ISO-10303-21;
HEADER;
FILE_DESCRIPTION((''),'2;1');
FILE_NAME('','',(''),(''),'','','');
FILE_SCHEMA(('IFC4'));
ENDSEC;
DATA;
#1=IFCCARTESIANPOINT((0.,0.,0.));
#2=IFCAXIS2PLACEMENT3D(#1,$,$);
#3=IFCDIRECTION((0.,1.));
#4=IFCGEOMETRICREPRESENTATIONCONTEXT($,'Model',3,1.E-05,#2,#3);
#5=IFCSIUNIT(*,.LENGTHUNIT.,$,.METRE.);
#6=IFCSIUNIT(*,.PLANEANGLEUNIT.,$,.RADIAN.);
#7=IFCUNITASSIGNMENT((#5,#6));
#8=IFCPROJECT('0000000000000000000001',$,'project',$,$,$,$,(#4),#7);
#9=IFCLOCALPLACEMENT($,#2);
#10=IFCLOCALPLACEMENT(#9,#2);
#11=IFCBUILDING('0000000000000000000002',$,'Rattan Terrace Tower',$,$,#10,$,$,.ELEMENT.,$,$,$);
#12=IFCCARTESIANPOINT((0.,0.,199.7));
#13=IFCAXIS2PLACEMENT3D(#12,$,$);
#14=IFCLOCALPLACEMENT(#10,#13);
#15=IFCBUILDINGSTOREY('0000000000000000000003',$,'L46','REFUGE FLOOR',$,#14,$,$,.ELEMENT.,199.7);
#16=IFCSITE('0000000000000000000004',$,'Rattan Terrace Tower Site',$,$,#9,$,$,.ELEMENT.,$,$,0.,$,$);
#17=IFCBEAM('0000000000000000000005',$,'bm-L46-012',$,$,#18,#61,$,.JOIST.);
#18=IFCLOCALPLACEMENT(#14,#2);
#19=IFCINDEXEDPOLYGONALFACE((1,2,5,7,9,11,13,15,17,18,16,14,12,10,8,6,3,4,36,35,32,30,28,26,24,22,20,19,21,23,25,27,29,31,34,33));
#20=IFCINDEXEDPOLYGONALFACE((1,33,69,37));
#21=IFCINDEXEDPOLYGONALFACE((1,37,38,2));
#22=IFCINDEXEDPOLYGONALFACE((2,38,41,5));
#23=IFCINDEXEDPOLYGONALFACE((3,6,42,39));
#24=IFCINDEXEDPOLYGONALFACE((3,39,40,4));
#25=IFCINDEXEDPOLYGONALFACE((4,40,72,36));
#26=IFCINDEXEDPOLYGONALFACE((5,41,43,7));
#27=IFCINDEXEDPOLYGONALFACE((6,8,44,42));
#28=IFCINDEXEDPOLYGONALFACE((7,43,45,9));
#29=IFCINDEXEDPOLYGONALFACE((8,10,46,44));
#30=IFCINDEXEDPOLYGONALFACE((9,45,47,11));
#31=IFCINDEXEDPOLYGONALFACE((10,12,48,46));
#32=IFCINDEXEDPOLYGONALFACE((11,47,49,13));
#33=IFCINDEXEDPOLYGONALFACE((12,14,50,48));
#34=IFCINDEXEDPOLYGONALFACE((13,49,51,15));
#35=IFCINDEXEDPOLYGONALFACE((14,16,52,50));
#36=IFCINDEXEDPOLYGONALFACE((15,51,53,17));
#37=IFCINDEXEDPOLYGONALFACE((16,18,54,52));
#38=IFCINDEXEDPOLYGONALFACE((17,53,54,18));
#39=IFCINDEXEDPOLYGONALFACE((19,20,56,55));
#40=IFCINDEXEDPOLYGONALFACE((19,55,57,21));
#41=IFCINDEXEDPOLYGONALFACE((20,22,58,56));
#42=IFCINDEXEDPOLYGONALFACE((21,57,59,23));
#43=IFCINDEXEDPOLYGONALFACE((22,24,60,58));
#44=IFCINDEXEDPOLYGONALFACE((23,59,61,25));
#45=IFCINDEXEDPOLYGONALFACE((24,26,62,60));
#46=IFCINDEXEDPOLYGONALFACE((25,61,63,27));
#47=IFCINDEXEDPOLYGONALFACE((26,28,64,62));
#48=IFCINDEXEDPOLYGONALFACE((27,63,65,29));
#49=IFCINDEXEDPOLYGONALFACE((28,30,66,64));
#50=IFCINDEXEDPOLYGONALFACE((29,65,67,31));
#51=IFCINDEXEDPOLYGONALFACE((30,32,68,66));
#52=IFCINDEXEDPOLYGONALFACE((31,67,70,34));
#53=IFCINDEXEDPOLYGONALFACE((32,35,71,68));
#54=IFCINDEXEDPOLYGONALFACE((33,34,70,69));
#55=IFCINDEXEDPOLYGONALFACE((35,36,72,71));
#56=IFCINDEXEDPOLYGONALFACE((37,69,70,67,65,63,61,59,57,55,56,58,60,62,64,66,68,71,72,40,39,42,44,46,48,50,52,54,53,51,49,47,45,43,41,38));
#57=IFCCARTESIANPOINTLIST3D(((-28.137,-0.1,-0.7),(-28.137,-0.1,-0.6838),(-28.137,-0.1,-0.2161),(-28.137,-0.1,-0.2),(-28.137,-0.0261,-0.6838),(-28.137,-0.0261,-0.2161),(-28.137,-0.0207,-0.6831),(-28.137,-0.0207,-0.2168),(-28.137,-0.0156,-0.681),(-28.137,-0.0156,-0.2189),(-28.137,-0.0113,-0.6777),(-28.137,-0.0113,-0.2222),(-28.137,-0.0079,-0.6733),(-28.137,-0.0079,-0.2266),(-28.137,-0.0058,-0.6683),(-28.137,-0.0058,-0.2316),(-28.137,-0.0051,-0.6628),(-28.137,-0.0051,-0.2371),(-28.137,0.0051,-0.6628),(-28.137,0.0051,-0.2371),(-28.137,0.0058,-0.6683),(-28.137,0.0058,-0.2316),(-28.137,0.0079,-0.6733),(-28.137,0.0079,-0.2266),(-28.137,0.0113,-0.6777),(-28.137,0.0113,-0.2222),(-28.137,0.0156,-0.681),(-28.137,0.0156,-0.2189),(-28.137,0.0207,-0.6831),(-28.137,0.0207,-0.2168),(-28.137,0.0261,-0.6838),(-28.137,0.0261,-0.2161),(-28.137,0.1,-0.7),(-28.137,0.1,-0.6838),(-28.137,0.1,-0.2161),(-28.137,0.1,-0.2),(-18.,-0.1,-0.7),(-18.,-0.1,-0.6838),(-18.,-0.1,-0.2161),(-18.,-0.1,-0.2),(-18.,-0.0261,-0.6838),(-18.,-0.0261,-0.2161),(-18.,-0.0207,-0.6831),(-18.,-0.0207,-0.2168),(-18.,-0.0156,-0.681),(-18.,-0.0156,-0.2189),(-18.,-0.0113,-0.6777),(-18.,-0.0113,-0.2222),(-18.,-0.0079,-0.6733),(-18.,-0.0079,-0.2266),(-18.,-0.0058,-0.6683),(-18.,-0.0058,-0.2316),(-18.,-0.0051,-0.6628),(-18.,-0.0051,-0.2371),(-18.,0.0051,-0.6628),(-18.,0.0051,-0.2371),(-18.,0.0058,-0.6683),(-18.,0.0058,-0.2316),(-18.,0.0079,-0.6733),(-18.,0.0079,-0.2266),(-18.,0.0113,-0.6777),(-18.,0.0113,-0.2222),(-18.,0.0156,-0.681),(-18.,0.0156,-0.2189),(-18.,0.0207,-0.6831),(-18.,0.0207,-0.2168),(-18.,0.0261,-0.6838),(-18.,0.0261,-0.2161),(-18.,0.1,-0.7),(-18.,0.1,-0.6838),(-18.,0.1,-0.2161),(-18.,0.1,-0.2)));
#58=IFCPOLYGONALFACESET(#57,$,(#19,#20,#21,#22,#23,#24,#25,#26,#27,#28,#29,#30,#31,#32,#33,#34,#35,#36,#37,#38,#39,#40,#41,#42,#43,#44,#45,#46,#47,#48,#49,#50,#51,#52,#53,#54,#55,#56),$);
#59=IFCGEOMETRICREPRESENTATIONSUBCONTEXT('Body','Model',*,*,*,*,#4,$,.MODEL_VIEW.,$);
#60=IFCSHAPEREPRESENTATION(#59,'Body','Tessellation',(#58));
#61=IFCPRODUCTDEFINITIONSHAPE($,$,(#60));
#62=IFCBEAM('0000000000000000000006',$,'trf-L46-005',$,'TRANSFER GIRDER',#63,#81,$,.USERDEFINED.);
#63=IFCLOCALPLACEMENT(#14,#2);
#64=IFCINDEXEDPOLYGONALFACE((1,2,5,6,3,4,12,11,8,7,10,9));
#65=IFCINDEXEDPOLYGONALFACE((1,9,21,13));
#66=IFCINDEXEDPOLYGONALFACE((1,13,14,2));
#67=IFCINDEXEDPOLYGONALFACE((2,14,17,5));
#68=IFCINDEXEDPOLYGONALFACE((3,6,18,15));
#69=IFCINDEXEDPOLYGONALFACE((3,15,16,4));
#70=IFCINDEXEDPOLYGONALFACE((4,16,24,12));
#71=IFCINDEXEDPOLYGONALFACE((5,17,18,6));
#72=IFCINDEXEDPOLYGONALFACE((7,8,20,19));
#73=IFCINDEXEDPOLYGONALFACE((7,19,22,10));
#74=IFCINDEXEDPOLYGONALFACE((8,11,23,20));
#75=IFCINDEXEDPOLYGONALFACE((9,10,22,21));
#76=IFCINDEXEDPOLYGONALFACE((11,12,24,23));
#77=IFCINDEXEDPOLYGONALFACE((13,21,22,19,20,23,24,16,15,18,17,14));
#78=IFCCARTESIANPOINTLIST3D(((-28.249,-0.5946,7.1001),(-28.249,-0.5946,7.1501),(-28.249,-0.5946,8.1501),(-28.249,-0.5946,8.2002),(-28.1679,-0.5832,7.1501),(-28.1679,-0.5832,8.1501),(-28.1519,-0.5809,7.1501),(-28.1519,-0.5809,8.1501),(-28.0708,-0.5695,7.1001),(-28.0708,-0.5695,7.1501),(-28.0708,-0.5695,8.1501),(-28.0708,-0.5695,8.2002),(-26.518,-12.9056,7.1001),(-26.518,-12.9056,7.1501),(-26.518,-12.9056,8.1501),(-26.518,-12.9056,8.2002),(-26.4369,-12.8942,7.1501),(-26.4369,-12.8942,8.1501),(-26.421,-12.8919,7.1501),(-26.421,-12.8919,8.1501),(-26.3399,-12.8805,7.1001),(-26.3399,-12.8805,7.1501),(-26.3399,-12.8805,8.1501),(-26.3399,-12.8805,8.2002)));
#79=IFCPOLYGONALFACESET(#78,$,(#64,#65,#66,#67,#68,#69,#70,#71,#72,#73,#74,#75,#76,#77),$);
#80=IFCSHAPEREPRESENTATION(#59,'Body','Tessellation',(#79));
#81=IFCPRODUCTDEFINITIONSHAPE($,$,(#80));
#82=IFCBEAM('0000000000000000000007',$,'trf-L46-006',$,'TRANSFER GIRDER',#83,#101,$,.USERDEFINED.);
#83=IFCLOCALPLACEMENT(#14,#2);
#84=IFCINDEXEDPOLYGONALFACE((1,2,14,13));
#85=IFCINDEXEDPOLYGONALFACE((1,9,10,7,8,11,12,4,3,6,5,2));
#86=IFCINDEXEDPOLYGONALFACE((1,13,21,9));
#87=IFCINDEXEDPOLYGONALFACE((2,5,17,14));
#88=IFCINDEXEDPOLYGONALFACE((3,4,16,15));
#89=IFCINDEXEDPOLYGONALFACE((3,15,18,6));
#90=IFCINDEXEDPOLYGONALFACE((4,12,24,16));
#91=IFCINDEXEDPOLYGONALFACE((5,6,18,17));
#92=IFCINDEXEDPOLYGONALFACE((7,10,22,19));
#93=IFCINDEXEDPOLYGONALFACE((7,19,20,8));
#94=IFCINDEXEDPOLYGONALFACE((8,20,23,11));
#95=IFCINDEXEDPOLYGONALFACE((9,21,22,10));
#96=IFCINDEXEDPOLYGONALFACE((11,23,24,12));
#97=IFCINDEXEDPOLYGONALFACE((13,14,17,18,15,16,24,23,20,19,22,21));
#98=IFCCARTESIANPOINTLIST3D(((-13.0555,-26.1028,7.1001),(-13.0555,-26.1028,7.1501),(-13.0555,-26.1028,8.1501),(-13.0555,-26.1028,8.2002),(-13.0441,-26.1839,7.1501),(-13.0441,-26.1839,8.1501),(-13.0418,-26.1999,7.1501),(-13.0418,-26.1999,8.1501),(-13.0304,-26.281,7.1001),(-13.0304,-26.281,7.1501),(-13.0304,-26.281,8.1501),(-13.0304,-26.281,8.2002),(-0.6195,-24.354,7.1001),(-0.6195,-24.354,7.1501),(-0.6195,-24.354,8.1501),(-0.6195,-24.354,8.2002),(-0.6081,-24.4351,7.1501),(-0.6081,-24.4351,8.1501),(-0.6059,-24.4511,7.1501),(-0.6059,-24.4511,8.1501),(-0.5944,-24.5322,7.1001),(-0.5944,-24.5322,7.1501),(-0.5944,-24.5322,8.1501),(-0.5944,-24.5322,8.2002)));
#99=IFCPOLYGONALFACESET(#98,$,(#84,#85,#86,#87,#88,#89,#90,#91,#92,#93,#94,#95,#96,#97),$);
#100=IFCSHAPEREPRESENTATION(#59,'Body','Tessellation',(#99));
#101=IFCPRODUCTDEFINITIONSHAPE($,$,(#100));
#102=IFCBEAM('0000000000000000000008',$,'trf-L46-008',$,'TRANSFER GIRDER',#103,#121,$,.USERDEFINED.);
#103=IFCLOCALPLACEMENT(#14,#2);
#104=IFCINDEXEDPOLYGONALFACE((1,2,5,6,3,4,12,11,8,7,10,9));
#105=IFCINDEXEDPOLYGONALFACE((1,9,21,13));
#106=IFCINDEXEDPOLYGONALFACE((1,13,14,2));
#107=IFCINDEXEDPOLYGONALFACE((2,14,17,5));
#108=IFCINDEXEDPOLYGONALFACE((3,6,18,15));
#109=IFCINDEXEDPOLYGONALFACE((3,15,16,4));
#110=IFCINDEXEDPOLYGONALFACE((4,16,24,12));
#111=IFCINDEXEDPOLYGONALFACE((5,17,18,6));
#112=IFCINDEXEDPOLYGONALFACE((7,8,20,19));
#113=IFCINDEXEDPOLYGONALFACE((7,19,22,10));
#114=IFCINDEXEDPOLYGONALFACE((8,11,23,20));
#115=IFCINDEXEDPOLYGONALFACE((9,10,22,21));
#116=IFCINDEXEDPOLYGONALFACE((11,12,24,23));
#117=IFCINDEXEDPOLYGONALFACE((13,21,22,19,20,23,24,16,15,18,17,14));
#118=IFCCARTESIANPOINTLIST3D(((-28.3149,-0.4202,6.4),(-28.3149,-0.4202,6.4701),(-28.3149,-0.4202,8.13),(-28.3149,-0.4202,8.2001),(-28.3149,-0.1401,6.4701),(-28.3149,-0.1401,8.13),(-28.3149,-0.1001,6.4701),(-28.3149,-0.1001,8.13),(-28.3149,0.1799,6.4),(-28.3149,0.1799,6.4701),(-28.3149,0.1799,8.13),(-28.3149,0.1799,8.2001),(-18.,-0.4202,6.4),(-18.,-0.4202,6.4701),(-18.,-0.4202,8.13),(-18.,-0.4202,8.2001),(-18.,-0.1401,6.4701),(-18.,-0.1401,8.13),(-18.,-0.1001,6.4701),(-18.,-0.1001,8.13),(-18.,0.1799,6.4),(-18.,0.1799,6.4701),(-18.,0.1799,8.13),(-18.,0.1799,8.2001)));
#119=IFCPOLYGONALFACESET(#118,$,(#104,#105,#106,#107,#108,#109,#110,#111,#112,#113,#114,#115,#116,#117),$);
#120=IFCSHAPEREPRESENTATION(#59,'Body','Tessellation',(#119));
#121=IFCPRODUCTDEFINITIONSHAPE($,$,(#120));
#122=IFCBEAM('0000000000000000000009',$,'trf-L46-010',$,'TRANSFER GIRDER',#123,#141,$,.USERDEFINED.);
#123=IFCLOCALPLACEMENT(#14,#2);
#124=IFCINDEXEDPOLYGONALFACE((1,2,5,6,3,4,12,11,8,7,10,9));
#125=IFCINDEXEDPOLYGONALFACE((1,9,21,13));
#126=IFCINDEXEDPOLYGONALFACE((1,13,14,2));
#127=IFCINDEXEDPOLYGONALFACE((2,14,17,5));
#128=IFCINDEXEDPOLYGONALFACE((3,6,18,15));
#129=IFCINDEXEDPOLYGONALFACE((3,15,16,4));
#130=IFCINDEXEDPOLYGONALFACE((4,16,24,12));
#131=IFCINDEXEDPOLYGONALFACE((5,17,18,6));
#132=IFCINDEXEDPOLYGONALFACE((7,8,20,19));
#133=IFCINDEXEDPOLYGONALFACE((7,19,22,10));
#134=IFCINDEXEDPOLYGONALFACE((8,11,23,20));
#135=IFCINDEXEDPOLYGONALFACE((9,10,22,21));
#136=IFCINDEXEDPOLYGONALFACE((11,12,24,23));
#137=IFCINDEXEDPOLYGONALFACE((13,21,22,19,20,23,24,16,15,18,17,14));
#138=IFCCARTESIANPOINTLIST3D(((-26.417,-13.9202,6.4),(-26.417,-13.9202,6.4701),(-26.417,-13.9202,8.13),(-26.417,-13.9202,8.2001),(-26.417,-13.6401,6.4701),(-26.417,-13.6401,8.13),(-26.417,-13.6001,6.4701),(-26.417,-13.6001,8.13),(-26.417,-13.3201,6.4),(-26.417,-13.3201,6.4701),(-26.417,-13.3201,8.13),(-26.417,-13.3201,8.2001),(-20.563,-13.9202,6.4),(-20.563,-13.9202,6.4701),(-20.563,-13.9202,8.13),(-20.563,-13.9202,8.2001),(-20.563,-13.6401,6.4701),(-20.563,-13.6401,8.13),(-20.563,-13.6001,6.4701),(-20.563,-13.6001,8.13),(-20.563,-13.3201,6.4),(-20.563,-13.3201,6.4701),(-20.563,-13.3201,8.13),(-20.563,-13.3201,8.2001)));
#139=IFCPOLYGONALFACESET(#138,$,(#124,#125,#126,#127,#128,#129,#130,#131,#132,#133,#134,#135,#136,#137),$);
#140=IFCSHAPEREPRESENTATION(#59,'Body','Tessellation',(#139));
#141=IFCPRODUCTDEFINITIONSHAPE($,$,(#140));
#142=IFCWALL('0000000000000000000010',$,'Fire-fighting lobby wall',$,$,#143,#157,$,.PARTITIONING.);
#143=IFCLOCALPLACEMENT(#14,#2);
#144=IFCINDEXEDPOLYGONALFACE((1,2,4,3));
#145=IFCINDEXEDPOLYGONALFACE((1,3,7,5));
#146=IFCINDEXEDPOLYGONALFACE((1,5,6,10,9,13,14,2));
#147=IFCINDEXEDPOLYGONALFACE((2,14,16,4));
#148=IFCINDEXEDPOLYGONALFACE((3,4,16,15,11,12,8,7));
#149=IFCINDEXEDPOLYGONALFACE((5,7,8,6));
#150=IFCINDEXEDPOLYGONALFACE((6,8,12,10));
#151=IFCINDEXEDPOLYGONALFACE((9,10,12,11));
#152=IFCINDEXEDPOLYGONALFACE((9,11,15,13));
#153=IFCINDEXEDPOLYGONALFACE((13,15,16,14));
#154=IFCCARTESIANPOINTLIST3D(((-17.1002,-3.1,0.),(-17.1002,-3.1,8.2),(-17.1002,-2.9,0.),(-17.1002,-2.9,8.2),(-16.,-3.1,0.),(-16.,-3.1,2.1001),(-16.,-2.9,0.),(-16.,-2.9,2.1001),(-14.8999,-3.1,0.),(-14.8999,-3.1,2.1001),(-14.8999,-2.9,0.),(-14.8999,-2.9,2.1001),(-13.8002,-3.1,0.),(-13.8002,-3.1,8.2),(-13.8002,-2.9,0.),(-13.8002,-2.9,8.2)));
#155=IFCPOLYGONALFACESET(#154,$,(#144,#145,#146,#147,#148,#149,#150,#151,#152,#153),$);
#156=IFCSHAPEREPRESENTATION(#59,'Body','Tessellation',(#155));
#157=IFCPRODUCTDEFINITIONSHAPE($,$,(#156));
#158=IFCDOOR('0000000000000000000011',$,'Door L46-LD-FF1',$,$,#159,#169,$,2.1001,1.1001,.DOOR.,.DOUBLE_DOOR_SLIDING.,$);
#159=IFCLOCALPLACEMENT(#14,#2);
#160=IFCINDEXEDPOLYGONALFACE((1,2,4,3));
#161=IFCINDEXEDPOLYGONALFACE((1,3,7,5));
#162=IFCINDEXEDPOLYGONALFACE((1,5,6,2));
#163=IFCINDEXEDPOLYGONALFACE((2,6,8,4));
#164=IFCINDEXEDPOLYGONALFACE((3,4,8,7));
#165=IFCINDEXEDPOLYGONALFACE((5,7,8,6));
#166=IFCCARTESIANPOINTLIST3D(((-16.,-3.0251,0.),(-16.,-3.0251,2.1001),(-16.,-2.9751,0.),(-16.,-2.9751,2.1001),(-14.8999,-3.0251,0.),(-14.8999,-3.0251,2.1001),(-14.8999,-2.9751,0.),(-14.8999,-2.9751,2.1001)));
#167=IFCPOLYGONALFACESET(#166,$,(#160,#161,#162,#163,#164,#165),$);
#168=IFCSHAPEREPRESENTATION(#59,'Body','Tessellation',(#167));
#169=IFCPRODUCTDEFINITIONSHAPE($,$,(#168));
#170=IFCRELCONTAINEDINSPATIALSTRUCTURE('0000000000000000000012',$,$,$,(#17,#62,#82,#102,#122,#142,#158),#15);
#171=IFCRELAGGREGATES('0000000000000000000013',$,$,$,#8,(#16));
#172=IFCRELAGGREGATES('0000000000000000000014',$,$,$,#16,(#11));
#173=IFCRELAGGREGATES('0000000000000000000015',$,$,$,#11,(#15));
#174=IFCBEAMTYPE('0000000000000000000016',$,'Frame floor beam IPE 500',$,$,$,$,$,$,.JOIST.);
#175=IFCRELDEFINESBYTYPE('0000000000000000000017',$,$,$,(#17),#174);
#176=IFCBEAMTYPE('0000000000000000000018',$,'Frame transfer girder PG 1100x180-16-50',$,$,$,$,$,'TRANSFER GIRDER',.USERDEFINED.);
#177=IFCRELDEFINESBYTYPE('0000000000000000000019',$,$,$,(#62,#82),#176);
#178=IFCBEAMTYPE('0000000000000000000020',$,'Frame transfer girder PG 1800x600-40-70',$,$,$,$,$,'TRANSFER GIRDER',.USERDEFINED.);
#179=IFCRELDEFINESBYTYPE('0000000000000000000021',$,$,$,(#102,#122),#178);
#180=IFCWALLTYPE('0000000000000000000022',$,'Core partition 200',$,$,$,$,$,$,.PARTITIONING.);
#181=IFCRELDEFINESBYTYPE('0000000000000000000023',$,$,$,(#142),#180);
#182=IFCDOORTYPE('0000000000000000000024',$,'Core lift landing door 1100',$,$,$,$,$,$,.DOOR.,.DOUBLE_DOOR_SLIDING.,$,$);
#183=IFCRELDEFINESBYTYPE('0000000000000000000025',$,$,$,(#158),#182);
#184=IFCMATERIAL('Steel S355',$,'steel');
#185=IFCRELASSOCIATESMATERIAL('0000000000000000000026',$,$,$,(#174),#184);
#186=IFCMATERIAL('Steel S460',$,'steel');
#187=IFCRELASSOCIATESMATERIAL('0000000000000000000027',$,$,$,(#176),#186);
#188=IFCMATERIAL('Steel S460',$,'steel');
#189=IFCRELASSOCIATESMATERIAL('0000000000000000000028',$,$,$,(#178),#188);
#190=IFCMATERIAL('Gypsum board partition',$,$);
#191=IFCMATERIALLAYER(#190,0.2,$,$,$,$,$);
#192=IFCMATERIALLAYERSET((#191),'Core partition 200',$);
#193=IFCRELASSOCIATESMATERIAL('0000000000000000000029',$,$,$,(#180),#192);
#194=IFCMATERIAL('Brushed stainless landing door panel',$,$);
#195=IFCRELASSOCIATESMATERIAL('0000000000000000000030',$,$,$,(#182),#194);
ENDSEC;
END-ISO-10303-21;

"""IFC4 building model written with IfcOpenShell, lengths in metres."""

from ifc_helpers import new_model, si_unit, direction, frame, frame_2d, origin, origin_2d, place, context, subcontext, project, spatial, rectangle, i_section, extrude, material, layer, layer_set, material_profile, profile_set, type_object, element, fill, save


model = new_model("IFC4")

# Units and contexts
model_context = context("Model", 3, precision=1e-05, world=origin(), true_north=direction((0.0, 1.0)))
body_context = subcontext(model_context, "Body", "Model", "MODEL_VIEW")
ifc_project = project(units=[si_unit("LENGTHUNIT", "METRE"), si_unit("PLANEANGLEUNIT", "RADIAN")], contexts=[model_context])

# Site, building, storey
site_placement = place(None, origin())
site = spatial("IfcSite", under=ifc_project, at=site_placement, Name="Rattan Terrace Tower Site", CompositionType="ELEMENT", RefElevation=0.0)
building_placement = place(site_placement, origin())
building = spatial("IfcBuilding", under=site, at=building_placement, Name="Rattan Terrace Tower", CompositionType="ELEMENT")
storey_placement = place(building_placement, frame((0.0, 0.0, 199.7)))
storey = spatial("IfcBuildingStorey", under=building, at=storey_placement, Name="L46", Description="REFUGE FLOOR", CompositionType="ELEMENT", Elevation=199.7)

# Beams
ifc_material_1 = material(Name="Steel S355", Category="steel")
ifc_material_profile_1 = material_profile(ifc_material_1, i_section(OverallWidth=0.2, OverallDepth=0.5, WebThickness=0.0103, FlangeThickness=0.0161, FilletRadius=0.021, at=origin_2d()), Name="IPE 500")
ifc_profile_set_1 = profile_set([ifc_material_profile_1], Name="Steel S355")
beam_type_1 = type_object("IfcBeamType", Name="Frame floor beam IPE 500", PredefinedType="JOIST", material=ifc_profile_set_1)
beam_1_placement = place(storey_placement, frame((-28.137, 0.0, -0.45), z_axis=(1.0, 0.0, 0.0), x_axis=(0.0, 1.0, 0.0)))
element("IfcBeam", 1, at=beam_1_placement, inside=storey, type_object=beam_type_1, Name="bm-L46-012", PredefinedType="JOIST", context=body_context, shape_type="SweptSolid", body=[
    extrude(i_section(OverallWidth=0.2, OverallDepth=0.5, WebThickness=0.0103, FlangeThickness=0.0161, FilletRadius=0.021, at=origin_2d()), origin(), (0.0, 0.0, 1.0), 10.137),
])
ifc_material_2 = material(Name="Steel S460", Category="steel")
ifc_material_profile_2 = material_profile(ifc_material_2, i_section(OverallWidth=0.1799, OverallDepth=1.1001, WebThickness=0.0161, FlangeThickness=0.05, at=origin_2d()), Name="PG 1100x180-16-50")
ifc_profile_set_2 = profile_set([ifc_material_profile_2], Name="Steel S460")
beam_type_2 = type_object("IfcBeamType", Name="Frame transfer girder PG 1100x180-16-50", ElementType="TRANSFER GIRDER", PredefinedType="USERDEFINED", material=ifc_profile_set_2)
beam_2_placement = place(storey_placement, frame((-28.1599, -0.582, 7.6501), z_axis=(0.139233, -0.99026, 0.0), x_axis=(0.99026, 0.139233, 0.0)))
element("IfcBeam", 2, at=beam_2_placement, inside=storey, type_object=beam_type_2, Name="trf-L46-005", ObjectType="TRANSFER GIRDER", PredefinedType="USERDEFINED", context=body_context, shape_type="SweptSolid", body=[
    extrude(i_section(OverallWidth=0.1799, OverallDepth=1.1001, WebThickness=0.0161, FlangeThickness=0.05, at=origin_2d()), origin(), (0.0, 0.0, 1.0), 12.4321),
])
beam_3_placement = place(storey_placement, frame((-13.043, -26.1919, 7.6501), z_axis=(0.990257, 0.139252, 0.0), x_axis=(-0.139252, 0.990257, 0.0)))
element("IfcBeam", 3, at=beam_3_placement, inside=storey, type_object=beam_type_2, Name="trf-L46-006", ObjectType="TRANSFER GIRDER", PredefinedType="USERDEFINED", context=body_context, shape_type="SweptSolid", body=[
    extrude(i_section(OverallWidth=0.1799, OverallDepth=1.1001, WebThickness=0.0161, FlangeThickness=0.05, at=origin_2d()), origin(), (0.0, 0.0, 1.0), 12.5583),
])
ifc_material_3 = material(Name="Steel S460", Category="steel")
ifc_material_profile_3 = material_profile(ifc_material_3, i_section(OverallWidth=0.6001, OverallDepth=1.8, WebThickness=0.04, FlangeThickness=0.0701, at=origin_2d()), Name="PG 1800x600-40-70")
ifc_profile_set_3 = profile_set([ifc_material_profile_3], Name="Steel S460")
beam_type_3 = type_object("IfcBeamType", Name="Frame transfer girder PG 1800x600-40-70", ElementType="TRANSFER GIRDER", PredefinedType="USERDEFINED", material=ifc_profile_set_3)
beam_4_placement = place(storey_placement, frame((-28.3149, -0.1201, 7.3), z_axis=(1.0, 0.0, 0.0), x_axis=(0.0, 1.0, 0.0)))
element("IfcBeam", 4, at=beam_4_placement, inside=storey, type_object=beam_type_3, Name="trf-L46-008", ObjectType="TRANSFER GIRDER", PredefinedType="USERDEFINED", context=body_context, shape_type="SweptSolid", body=[
    extrude(i_section(OverallWidth=0.6001, OverallDepth=1.8, WebThickness=0.04, FlangeThickness=0.0701, at=origin_2d()), origin(), (0.0, 0.0, 1.0), 10.3149),
])
beam_5_placement = place(storey_placement, frame((-26.417, -13.6201, 7.3), z_axis=(1.0, 0.0, 0.0), x_axis=(0.0, 1.0, 0.0)))
element("IfcBeam", 5, at=beam_5_placement, inside=storey, type_object=beam_type_3, Name="trf-L46-010", ObjectType="TRANSFER GIRDER", PredefinedType="USERDEFINED", context=body_context, shape_type="SweptSolid", body=[
    extrude(i_section(OverallWidth=0.6001, OverallDepth=1.8, WebThickness=0.04, FlangeThickness=0.0701, at=origin_2d()), origin(), (0.0, 0.0, 1.0), 5.854),
])

# Wall, opening, door
ifc_material_4 = material(Name="Gypsum board partition")
ifc_layer_1 = layer(ifc_material_4, 0.2)
ifc_layer_set_1 = layer_set([ifc_layer_1], Name="Core partition 200")
wall_type_1 = type_object("IfcWallType", Name="Core partition 200", PredefinedType="PARTITIONING", material=ifc_layer_set_1)
wall_1_placement = place(storey_placement, frame((-17.1001, -3.0, 0.0), z_axis=(0.0, 0.0, 1.0), x_axis=(1.0, 0.0, 0.0)))
wall_1 = element("IfcWall", 6, at=wall_1_placement, inside=storey, type_object=wall_type_1, Name="Fire-fighting lobby wall", PredefinedType="PARTITIONING", context=body_context, shape_type="SweptSolid", body=[
    extrude(rectangle(XDim=3.3, YDim=0.2, at=frame_2d((1.6499, 0.0))), origin(), (0.0, 0.0, 1.0), 8.2),
])
opening_1_placement = place(wall_1_placement, frame((1.1001, 0.0, 0.0)))
opening_1 = element("IfcOpeningElement", 7, at=opening_1_placement, cuts=wall_1, PredefinedType="OPENING", context=body_context, shape_type="SweptSolid", body=[
    extrude(rectangle(XDim=1.1001, YDim=2.1001, at=frame_2d((0.55, 1.05))), frame((0.0, 0.1106, 0.0), z_axis=(0.0, -1.0, 0.0), x_axis=(1.0, 0.0, 0.0)), (0.0, 0.0, 1.0), 0.2209),
])
ifc_material_5 = material(Name="Brushed stainless landing door panel")
door_type_1 = type_object("IfcDoorType", Name="Core lift landing door 1100", OperationType="DOUBLE_DOOR_SLIDING", PredefinedType="DOOR", material=ifc_material_5)
door_1_placement = place(opening_1_placement, origin())
door_1 = element("IfcDoor", 8, at=door_1_placement, inside=storey, type_object=door_type_1, Name="Door L46-LD-FF1", OperationType="DOUBLE_DOOR_SLIDING", OverallHeight=2.1001, OverallWidth=1.1001, PredefinedType="DOOR", context=body_context, shape_type="SweptSolid", body=[
    extrude(rectangle(XDim=1.1001, YDim=2.1001, at=frame_2d((0.55, 1.05))), frame((0.0, 0.0249, 0.0), z_axis=(0.0, -1.0, 0.0), x_axis=(1.0, 0.0, 0.0)), (0.0, 0.0, 1.0), 0.05),
])
fill(opening_1, door_1)

save(model, "model.ifc")
